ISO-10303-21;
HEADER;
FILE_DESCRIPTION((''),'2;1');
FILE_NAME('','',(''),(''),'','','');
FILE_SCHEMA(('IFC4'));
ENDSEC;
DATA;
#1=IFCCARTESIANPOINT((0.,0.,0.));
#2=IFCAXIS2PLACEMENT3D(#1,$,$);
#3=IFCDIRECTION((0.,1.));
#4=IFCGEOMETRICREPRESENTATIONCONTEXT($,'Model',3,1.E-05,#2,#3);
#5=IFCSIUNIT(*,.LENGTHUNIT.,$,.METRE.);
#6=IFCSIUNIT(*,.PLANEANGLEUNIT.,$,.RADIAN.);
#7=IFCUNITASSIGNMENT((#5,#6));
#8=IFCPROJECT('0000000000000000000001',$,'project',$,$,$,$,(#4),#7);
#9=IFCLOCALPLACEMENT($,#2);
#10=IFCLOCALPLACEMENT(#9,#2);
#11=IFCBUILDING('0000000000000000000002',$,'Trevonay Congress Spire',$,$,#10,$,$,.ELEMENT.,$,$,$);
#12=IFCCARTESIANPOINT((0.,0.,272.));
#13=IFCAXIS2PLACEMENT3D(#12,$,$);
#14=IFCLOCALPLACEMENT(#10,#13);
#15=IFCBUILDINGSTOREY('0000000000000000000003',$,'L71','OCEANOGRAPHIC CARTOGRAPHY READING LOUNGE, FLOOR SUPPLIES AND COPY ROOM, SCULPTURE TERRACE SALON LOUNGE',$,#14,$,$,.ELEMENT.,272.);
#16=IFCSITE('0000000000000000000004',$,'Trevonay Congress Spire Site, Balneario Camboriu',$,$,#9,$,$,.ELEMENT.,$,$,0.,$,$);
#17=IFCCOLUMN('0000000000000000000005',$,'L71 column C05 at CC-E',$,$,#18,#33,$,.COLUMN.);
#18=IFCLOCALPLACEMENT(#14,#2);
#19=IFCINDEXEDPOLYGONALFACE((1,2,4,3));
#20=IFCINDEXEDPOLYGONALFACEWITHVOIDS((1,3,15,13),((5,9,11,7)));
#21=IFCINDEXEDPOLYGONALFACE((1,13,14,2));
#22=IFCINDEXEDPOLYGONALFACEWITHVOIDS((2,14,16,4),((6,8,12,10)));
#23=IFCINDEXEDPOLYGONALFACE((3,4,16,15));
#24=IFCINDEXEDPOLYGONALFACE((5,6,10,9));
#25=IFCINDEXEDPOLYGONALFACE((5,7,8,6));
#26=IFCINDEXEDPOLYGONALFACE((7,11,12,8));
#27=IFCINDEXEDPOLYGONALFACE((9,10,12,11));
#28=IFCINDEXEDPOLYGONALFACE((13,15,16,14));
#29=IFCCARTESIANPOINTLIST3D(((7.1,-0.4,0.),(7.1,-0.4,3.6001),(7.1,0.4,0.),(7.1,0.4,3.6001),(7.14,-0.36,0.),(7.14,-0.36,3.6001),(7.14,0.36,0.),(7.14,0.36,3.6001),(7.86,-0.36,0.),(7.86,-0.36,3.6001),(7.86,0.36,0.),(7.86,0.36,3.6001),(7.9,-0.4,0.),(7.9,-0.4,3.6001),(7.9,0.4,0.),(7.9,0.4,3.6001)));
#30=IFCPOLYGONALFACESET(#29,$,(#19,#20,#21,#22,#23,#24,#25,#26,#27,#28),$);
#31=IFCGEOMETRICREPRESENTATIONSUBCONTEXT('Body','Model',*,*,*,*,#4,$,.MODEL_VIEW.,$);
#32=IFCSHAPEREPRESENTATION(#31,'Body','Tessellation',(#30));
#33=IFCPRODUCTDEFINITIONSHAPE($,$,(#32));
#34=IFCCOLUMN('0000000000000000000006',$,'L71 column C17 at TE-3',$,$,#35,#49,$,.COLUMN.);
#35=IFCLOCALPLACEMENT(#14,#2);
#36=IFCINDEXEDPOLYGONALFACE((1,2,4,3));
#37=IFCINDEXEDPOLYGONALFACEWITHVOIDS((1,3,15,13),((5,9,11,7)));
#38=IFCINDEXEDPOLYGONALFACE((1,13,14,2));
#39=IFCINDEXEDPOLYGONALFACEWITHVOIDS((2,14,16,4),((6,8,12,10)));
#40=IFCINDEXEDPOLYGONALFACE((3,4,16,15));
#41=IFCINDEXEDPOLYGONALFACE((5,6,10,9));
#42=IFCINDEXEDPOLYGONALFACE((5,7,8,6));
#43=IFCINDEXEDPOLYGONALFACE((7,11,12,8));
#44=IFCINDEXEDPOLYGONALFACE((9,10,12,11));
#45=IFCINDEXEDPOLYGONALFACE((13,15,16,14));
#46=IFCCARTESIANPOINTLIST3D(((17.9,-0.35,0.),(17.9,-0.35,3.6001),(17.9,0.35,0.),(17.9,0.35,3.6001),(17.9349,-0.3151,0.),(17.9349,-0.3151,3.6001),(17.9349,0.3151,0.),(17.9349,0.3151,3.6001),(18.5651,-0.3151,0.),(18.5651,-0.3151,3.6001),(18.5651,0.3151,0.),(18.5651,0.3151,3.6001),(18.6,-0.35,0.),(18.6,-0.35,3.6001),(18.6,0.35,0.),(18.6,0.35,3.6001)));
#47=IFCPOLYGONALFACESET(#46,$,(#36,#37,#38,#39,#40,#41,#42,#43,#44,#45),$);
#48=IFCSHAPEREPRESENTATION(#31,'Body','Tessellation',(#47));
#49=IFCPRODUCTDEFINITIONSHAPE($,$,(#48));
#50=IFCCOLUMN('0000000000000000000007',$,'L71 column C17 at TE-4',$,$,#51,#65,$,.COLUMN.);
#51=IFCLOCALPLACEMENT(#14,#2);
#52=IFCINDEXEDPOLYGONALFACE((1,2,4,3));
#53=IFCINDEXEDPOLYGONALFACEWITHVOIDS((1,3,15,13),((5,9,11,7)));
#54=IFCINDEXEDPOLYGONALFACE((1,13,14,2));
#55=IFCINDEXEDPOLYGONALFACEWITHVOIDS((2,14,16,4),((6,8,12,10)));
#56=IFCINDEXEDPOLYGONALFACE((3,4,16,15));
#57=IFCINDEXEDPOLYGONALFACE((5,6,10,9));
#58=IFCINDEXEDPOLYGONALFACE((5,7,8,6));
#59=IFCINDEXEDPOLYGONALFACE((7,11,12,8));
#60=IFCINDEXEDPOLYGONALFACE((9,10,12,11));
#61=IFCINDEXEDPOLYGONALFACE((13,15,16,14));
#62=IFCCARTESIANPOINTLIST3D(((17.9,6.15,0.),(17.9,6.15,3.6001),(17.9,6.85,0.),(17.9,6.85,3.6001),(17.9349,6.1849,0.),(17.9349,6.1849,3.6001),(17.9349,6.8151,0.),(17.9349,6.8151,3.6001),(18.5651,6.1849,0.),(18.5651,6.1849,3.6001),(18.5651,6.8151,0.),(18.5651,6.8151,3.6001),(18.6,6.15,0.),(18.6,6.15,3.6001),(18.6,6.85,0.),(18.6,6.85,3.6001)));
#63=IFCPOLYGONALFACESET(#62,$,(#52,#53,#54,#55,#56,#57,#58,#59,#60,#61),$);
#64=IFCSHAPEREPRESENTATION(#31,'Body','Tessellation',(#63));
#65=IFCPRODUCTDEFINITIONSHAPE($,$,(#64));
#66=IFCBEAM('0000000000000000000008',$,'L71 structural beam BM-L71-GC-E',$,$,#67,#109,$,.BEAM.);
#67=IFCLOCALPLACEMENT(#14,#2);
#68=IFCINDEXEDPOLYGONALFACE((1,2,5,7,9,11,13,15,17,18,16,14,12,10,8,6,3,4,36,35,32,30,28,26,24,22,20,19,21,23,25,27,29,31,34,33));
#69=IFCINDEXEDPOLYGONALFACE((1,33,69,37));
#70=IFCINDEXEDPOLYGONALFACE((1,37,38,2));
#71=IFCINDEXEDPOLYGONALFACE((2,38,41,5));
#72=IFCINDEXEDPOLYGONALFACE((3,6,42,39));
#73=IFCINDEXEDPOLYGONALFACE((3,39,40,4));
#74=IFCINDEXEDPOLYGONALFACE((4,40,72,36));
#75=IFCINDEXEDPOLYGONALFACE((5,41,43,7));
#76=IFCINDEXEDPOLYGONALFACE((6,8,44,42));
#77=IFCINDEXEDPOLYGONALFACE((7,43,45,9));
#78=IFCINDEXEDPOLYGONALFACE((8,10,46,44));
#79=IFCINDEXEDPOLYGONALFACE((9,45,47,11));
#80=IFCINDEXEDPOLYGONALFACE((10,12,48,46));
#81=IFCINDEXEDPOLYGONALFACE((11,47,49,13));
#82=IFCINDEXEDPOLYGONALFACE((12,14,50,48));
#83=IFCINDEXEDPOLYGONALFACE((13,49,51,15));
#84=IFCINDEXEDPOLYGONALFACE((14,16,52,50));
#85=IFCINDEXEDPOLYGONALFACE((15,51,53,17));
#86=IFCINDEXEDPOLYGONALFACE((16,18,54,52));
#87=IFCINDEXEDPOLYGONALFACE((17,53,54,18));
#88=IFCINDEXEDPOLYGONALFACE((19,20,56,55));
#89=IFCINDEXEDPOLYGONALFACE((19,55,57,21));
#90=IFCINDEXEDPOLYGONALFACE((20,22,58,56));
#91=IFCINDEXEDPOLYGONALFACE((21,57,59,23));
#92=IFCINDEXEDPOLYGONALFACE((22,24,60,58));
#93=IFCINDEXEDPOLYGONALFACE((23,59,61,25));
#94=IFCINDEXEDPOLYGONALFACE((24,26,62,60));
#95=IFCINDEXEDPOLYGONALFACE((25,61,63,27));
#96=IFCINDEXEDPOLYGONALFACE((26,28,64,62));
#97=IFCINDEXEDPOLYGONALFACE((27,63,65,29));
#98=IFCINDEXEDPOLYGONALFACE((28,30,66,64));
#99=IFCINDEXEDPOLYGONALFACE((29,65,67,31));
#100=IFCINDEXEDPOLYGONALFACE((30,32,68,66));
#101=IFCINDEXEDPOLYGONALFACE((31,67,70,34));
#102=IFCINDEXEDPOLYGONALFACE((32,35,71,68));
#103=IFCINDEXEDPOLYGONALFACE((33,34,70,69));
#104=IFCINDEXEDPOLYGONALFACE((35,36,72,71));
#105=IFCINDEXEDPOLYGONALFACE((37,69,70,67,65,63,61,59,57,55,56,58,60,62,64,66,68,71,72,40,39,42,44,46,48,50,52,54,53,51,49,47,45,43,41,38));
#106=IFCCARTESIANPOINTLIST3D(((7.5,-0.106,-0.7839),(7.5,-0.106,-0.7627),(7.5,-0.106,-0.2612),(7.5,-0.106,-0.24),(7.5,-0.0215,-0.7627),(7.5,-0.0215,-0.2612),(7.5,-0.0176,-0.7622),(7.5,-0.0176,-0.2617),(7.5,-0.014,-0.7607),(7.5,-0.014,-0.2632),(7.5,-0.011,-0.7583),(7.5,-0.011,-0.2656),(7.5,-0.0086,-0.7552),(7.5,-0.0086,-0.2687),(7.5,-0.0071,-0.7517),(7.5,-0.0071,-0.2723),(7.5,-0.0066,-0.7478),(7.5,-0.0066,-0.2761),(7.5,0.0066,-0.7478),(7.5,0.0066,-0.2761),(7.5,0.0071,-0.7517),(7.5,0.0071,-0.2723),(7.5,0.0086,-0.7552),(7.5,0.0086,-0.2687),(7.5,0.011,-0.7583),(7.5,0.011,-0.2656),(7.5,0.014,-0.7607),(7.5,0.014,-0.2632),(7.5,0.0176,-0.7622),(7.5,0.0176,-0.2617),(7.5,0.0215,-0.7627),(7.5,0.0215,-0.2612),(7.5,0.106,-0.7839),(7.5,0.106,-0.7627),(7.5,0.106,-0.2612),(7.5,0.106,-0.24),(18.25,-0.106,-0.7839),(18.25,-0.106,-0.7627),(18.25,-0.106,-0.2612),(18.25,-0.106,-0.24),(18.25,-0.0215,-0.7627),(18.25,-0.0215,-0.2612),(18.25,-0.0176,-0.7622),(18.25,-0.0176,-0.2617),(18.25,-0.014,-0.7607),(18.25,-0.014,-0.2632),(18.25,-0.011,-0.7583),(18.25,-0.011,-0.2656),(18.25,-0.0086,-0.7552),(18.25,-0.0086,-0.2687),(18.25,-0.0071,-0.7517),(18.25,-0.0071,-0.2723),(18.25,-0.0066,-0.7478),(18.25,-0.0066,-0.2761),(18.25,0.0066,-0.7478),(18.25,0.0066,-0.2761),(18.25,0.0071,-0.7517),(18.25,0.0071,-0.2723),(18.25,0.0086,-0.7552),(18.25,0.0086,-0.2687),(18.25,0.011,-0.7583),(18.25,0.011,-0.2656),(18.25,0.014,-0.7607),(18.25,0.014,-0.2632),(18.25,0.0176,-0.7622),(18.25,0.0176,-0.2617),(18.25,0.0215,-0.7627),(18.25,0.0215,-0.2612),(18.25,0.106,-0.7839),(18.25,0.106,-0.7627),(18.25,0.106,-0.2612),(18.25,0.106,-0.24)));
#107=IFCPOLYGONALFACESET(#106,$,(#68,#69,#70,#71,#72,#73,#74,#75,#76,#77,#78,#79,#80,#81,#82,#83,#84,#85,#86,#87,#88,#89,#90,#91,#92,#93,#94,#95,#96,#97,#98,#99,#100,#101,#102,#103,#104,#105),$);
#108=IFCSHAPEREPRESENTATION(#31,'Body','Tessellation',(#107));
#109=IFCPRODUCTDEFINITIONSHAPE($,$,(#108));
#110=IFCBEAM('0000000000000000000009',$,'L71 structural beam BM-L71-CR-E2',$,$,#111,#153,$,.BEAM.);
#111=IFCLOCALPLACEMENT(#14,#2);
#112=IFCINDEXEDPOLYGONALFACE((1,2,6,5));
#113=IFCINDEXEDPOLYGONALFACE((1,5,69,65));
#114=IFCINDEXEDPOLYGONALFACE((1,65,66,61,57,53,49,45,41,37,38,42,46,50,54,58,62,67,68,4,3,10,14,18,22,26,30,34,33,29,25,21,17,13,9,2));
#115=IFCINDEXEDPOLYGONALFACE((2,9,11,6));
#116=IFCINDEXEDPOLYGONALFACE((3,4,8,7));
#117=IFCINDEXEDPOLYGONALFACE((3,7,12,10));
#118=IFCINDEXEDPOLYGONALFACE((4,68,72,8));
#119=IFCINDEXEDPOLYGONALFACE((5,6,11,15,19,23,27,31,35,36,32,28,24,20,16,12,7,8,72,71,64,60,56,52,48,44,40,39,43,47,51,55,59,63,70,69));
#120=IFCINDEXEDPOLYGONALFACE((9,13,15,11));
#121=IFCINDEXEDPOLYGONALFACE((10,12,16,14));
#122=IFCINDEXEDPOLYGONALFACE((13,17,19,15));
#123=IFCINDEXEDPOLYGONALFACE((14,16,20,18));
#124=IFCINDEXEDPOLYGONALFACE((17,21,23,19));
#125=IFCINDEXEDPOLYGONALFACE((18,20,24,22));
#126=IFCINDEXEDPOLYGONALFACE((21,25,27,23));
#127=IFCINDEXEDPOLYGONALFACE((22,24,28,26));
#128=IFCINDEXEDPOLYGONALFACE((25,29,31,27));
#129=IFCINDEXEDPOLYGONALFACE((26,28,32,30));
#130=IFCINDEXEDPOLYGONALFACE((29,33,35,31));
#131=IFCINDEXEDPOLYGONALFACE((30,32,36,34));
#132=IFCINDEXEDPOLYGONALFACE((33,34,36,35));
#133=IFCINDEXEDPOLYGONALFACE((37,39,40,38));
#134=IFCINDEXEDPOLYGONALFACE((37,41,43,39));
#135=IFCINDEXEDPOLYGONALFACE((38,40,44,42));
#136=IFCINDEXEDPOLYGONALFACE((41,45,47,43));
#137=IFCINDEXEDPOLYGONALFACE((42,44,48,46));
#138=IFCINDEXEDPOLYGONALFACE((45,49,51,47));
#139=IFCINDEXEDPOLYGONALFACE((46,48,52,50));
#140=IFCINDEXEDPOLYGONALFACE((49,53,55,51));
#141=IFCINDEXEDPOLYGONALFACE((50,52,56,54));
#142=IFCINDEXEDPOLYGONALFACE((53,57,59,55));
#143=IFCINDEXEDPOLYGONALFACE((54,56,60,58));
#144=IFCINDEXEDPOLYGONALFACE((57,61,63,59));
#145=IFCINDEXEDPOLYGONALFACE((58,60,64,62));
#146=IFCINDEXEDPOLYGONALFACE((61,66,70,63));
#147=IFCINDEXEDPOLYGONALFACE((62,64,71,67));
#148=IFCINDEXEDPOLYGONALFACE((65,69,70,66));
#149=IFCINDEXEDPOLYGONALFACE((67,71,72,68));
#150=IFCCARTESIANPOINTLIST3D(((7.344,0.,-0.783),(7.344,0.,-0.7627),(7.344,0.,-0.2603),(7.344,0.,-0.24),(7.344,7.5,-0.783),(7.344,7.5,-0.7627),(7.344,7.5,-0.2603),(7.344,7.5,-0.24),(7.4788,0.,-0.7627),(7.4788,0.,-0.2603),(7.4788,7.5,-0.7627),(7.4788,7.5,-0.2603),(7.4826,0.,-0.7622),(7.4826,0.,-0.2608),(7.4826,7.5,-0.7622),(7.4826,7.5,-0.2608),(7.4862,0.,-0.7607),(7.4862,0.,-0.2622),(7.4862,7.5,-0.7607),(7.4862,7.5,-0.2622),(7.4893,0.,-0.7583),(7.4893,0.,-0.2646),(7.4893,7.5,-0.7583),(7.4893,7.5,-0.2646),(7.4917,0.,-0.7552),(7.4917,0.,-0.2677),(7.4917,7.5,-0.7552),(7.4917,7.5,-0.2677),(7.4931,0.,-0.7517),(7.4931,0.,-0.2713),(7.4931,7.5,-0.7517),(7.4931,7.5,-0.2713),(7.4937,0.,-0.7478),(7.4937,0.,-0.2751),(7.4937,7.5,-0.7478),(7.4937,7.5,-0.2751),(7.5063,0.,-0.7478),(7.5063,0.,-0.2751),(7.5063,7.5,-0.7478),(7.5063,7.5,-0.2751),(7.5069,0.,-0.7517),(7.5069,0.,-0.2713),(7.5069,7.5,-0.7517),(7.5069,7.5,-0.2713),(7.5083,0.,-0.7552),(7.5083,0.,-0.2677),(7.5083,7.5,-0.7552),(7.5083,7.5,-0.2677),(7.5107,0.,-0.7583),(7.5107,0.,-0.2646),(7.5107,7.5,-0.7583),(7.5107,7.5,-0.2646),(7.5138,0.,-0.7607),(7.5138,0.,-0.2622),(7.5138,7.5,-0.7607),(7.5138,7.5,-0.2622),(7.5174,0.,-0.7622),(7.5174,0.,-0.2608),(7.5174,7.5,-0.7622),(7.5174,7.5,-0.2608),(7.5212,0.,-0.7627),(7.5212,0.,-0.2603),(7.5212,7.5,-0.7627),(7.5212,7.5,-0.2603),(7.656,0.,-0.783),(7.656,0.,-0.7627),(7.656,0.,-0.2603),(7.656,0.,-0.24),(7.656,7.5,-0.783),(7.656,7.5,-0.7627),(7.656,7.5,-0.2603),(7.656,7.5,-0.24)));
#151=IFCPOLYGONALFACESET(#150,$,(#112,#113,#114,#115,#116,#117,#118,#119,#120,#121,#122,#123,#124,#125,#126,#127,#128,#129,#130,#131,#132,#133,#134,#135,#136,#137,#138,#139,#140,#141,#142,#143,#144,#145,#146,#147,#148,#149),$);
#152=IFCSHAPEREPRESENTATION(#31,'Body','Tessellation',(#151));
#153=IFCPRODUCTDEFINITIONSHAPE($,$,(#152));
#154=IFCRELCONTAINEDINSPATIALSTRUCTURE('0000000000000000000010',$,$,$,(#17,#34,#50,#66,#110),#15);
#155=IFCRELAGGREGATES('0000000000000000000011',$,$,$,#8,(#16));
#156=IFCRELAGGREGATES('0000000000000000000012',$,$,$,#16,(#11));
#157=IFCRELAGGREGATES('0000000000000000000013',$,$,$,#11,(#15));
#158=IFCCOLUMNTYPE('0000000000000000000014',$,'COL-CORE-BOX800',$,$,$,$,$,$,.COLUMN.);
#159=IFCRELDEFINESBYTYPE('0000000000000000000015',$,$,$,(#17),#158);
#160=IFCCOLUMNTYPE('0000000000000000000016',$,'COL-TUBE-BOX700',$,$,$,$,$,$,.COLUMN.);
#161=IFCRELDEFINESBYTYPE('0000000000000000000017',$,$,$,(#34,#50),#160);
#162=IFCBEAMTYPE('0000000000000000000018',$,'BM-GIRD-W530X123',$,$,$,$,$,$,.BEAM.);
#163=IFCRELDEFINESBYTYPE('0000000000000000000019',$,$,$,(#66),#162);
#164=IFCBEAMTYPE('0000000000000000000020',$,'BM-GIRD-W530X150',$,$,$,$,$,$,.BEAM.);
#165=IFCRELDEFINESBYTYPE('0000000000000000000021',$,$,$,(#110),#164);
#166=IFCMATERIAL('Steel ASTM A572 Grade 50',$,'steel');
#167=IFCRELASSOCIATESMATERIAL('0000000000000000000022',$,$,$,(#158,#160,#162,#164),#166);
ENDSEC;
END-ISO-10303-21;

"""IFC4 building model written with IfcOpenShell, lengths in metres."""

from ifc_helpers import new_model, si_unit, direction, frame, origin, origin_2d, place, context, subcontext, project, spatial, hollow_rectangle, i_section, extrude, material, material_profile, profile_set, type_object, element, save


model = new_model("IFC4")

# Units and contexts
model_context = context("Model", 3, precision=1e-05, world=origin(), true_north=direction((0.0, 1.0)))
body_context = subcontext(model_context, "Body", "Model", "MODEL_VIEW")
ifc_project = project(units=[si_unit("LENGTHUNIT", "METRE"), si_unit("PLANEANGLEUNIT", "RADIAN")], contexts=[model_context])

# Site, building, storey
site_placement = place(None, origin())
site = spatial("IfcSite", under=ifc_project, at=site_placement, Name="Trevonay Congress Spire Site, Balneario Camboriu", CompositionType="ELEMENT", RefElevation=0.0)
building_placement = place(site_placement, origin())
building = spatial("IfcBuilding", under=site, at=building_placement, Name="Trevonay Congress Spire", CompositionType="ELEMENT")
storey_placement = place(building_placement, frame((0.0, 0.0, 272.0)))
storey = spatial("IfcBuildingStorey", under=building, at=storey_placement, Name="L71", Description="OCEANOGRAPHIC CARTOGRAPHY READING LOUNGE, FLOOR SUPPLIES AND COPY ROOM, SCULPTURE TERRACE SALON LOUNGE", CompositionType="ELEMENT", Elevation=272.0)

# Columns
ifc_material_1 = material(Name="Steel ASTM A572 Grade 50", Category="steel")
ifc_material_profile_1 = material_profile(ifc_material_1, hollow_rectangle(XDim=0.8, YDim=0.8, WallThickness=0.04, at=origin_2d()), Name="BOX 800x800x40")
ifc_profile_set_1 = profile_set([ifc_material_profile_1], Name="Steel ASTM A572 Grade 50")
column_type_1 = type_object("IfcColumnType", Name="COL-CORE-BOX800", PredefinedType="COLUMN", material=ifc_profile_set_1)
column_placement = place(storey_placement, frame((7.5, 0.0, 0.0), z_axis=(0.0, 0.0, 1.0), x_axis=(1.0, 0.0, 0.0)))
element("IfcColumn", 1, at=column_placement, inside=storey, type_object=column_type_1, Name="L71 column C05 at CC-E", PredefinedType="COLUMN", context=body_context, shape_type="SweptSolid", body=[
    extrude(hollow_rectangle(XDim=0.8, YDim=0.8, WallThickness=0.04, at=origin_2d()), origin(), (0.0, 0.0, 1.0), 3.6001),
])
ifc_material_profile_2 = material_profile(ifc_material_1, hollow_rectangle(XDim=0.7, YDim=0.7, WallThickness=0.0349, at=origin_2d()), Name="BOX 700x700x35")
ifc_profile_set_2 = profile_set([ifc_material_profile_2], Name="Steel ASTM A572 Grade 50")
column_type_2 = type_object("IfcColumnType", Name="COL-TUBE-BOX700", PredefinedType="COLUMN", material=ifc_profile_set_2)
for number, where, z_axis, x_axis, name in (
    (2, (18.25, 0.0, 0.0), (0.0, 0.0, 1.0), (1.0, 0.0, 0.0), "L71 column C17 at TE-3"),
    (3, (18.25, 6.5, 0.0), (0.0, 0.0, 1.0), (1.0, 0.0, 0.0), "L71 column C17 at TE-4"),
):
    element("IfcColumn", number, at=place(storey_placement, frame(where, z_axis=z_axis, x_axis=x_axis)), inside=storey, type_object=column_type_2, Name=name, PredefinedType="COLUMN", context=body_context, shape_type="SweptSolid", body=[
        extrude(hollow_rectangle(XDim=0.7, YDim=0.7, WallThickness=0.0349, at=origin_2d()), origin(), (0.0, 0.0, 1.0), 3.6001),
    ])

# Beams
ifc_material_profile_3 = material_profile(ifc_material_1, i_section(OverallWidth=0.2119, OverallDepth=0.5439, WebThickness=0.0132, FlangeThickness=0.0212, FilletRadius=0.0149, at=origin_2d()), Name="W530x123")
ifc_profile_set_3 = profile_set([ifc_material_profile_3], Name="Steel ASTM A572 Grade 50")
beam_type_1 = type_object("IfcBeamType", Name="BM-GIRD-W530X123", PredefinedType="BEAM", material=ifc_profile_set_3)
beam_1_placement = place(storey_placement, frame((7.5, 0.0, -0.512), z_axis=(1.0, 0.0, 0.0), x_axis=(0.0, 1.0, 0.0)))
element("IfcBeam", 4, at=beam_1_placement, inside=storey, type_object=beam_type_1, Name="L71 structural beam BM-L71-GC-E", PredefinedType="BEAM", context=body_context, shape_type="SweptSolid", body=[
    extrude(i_section(OverallWidth=0.2119, OverallDepth=0.5439, WebThickness=0.0132, FlangeThickness=0.0212, FilletRadius=0.0149, at=origin_2d()), origin(), (0.0, 0.0, 1.0), 10.75),
])
ifc_material_profile_4 = material_profile(ifc_material_1, i_section(OverallWidth=0.312, OverallDepth=0.543, WebThickness=0.0127, FlangeThickness=0.0203, FilletRadius=0.0149, at=origin_2d()), Name="W530x150")
ifc_profile_set_4 = profile_set([ifc_material_profile_4], Name="Steel ASTM A572 Grade 50")
beam_type_2 = type_object("IfcBeamType", Name="BM-GIRD-W530X150", PredefinedType="BEAM", material=ifc_profile_set_4)
beam_2_placement = place(storey_placement, frame((7.5, 0.0, -0.5115), z_axis=(0.0, 1.0, 0.0), x_axis=(-1.0, 0.0, 0.0)))
element("IfcBeam", 5, at=beam_2_placement, inside=storey, type_object=beam_type_2, Name="L71 structural beam BM-L71-CR-E2", PredefinedType="BEAM", context=body_context, shape_type="SweptSolid", body=[
    extrude(i_section(OverallWidth=0.312, OverallDepth=0.543, WebThickness=0.0127, FlangeThickness=0.0203, FilletRadius=0.0149, at=origin_2d()), origin(), (0.0, 0.0, 1.0), 7.5),
])

save(model, "model.ifc")
